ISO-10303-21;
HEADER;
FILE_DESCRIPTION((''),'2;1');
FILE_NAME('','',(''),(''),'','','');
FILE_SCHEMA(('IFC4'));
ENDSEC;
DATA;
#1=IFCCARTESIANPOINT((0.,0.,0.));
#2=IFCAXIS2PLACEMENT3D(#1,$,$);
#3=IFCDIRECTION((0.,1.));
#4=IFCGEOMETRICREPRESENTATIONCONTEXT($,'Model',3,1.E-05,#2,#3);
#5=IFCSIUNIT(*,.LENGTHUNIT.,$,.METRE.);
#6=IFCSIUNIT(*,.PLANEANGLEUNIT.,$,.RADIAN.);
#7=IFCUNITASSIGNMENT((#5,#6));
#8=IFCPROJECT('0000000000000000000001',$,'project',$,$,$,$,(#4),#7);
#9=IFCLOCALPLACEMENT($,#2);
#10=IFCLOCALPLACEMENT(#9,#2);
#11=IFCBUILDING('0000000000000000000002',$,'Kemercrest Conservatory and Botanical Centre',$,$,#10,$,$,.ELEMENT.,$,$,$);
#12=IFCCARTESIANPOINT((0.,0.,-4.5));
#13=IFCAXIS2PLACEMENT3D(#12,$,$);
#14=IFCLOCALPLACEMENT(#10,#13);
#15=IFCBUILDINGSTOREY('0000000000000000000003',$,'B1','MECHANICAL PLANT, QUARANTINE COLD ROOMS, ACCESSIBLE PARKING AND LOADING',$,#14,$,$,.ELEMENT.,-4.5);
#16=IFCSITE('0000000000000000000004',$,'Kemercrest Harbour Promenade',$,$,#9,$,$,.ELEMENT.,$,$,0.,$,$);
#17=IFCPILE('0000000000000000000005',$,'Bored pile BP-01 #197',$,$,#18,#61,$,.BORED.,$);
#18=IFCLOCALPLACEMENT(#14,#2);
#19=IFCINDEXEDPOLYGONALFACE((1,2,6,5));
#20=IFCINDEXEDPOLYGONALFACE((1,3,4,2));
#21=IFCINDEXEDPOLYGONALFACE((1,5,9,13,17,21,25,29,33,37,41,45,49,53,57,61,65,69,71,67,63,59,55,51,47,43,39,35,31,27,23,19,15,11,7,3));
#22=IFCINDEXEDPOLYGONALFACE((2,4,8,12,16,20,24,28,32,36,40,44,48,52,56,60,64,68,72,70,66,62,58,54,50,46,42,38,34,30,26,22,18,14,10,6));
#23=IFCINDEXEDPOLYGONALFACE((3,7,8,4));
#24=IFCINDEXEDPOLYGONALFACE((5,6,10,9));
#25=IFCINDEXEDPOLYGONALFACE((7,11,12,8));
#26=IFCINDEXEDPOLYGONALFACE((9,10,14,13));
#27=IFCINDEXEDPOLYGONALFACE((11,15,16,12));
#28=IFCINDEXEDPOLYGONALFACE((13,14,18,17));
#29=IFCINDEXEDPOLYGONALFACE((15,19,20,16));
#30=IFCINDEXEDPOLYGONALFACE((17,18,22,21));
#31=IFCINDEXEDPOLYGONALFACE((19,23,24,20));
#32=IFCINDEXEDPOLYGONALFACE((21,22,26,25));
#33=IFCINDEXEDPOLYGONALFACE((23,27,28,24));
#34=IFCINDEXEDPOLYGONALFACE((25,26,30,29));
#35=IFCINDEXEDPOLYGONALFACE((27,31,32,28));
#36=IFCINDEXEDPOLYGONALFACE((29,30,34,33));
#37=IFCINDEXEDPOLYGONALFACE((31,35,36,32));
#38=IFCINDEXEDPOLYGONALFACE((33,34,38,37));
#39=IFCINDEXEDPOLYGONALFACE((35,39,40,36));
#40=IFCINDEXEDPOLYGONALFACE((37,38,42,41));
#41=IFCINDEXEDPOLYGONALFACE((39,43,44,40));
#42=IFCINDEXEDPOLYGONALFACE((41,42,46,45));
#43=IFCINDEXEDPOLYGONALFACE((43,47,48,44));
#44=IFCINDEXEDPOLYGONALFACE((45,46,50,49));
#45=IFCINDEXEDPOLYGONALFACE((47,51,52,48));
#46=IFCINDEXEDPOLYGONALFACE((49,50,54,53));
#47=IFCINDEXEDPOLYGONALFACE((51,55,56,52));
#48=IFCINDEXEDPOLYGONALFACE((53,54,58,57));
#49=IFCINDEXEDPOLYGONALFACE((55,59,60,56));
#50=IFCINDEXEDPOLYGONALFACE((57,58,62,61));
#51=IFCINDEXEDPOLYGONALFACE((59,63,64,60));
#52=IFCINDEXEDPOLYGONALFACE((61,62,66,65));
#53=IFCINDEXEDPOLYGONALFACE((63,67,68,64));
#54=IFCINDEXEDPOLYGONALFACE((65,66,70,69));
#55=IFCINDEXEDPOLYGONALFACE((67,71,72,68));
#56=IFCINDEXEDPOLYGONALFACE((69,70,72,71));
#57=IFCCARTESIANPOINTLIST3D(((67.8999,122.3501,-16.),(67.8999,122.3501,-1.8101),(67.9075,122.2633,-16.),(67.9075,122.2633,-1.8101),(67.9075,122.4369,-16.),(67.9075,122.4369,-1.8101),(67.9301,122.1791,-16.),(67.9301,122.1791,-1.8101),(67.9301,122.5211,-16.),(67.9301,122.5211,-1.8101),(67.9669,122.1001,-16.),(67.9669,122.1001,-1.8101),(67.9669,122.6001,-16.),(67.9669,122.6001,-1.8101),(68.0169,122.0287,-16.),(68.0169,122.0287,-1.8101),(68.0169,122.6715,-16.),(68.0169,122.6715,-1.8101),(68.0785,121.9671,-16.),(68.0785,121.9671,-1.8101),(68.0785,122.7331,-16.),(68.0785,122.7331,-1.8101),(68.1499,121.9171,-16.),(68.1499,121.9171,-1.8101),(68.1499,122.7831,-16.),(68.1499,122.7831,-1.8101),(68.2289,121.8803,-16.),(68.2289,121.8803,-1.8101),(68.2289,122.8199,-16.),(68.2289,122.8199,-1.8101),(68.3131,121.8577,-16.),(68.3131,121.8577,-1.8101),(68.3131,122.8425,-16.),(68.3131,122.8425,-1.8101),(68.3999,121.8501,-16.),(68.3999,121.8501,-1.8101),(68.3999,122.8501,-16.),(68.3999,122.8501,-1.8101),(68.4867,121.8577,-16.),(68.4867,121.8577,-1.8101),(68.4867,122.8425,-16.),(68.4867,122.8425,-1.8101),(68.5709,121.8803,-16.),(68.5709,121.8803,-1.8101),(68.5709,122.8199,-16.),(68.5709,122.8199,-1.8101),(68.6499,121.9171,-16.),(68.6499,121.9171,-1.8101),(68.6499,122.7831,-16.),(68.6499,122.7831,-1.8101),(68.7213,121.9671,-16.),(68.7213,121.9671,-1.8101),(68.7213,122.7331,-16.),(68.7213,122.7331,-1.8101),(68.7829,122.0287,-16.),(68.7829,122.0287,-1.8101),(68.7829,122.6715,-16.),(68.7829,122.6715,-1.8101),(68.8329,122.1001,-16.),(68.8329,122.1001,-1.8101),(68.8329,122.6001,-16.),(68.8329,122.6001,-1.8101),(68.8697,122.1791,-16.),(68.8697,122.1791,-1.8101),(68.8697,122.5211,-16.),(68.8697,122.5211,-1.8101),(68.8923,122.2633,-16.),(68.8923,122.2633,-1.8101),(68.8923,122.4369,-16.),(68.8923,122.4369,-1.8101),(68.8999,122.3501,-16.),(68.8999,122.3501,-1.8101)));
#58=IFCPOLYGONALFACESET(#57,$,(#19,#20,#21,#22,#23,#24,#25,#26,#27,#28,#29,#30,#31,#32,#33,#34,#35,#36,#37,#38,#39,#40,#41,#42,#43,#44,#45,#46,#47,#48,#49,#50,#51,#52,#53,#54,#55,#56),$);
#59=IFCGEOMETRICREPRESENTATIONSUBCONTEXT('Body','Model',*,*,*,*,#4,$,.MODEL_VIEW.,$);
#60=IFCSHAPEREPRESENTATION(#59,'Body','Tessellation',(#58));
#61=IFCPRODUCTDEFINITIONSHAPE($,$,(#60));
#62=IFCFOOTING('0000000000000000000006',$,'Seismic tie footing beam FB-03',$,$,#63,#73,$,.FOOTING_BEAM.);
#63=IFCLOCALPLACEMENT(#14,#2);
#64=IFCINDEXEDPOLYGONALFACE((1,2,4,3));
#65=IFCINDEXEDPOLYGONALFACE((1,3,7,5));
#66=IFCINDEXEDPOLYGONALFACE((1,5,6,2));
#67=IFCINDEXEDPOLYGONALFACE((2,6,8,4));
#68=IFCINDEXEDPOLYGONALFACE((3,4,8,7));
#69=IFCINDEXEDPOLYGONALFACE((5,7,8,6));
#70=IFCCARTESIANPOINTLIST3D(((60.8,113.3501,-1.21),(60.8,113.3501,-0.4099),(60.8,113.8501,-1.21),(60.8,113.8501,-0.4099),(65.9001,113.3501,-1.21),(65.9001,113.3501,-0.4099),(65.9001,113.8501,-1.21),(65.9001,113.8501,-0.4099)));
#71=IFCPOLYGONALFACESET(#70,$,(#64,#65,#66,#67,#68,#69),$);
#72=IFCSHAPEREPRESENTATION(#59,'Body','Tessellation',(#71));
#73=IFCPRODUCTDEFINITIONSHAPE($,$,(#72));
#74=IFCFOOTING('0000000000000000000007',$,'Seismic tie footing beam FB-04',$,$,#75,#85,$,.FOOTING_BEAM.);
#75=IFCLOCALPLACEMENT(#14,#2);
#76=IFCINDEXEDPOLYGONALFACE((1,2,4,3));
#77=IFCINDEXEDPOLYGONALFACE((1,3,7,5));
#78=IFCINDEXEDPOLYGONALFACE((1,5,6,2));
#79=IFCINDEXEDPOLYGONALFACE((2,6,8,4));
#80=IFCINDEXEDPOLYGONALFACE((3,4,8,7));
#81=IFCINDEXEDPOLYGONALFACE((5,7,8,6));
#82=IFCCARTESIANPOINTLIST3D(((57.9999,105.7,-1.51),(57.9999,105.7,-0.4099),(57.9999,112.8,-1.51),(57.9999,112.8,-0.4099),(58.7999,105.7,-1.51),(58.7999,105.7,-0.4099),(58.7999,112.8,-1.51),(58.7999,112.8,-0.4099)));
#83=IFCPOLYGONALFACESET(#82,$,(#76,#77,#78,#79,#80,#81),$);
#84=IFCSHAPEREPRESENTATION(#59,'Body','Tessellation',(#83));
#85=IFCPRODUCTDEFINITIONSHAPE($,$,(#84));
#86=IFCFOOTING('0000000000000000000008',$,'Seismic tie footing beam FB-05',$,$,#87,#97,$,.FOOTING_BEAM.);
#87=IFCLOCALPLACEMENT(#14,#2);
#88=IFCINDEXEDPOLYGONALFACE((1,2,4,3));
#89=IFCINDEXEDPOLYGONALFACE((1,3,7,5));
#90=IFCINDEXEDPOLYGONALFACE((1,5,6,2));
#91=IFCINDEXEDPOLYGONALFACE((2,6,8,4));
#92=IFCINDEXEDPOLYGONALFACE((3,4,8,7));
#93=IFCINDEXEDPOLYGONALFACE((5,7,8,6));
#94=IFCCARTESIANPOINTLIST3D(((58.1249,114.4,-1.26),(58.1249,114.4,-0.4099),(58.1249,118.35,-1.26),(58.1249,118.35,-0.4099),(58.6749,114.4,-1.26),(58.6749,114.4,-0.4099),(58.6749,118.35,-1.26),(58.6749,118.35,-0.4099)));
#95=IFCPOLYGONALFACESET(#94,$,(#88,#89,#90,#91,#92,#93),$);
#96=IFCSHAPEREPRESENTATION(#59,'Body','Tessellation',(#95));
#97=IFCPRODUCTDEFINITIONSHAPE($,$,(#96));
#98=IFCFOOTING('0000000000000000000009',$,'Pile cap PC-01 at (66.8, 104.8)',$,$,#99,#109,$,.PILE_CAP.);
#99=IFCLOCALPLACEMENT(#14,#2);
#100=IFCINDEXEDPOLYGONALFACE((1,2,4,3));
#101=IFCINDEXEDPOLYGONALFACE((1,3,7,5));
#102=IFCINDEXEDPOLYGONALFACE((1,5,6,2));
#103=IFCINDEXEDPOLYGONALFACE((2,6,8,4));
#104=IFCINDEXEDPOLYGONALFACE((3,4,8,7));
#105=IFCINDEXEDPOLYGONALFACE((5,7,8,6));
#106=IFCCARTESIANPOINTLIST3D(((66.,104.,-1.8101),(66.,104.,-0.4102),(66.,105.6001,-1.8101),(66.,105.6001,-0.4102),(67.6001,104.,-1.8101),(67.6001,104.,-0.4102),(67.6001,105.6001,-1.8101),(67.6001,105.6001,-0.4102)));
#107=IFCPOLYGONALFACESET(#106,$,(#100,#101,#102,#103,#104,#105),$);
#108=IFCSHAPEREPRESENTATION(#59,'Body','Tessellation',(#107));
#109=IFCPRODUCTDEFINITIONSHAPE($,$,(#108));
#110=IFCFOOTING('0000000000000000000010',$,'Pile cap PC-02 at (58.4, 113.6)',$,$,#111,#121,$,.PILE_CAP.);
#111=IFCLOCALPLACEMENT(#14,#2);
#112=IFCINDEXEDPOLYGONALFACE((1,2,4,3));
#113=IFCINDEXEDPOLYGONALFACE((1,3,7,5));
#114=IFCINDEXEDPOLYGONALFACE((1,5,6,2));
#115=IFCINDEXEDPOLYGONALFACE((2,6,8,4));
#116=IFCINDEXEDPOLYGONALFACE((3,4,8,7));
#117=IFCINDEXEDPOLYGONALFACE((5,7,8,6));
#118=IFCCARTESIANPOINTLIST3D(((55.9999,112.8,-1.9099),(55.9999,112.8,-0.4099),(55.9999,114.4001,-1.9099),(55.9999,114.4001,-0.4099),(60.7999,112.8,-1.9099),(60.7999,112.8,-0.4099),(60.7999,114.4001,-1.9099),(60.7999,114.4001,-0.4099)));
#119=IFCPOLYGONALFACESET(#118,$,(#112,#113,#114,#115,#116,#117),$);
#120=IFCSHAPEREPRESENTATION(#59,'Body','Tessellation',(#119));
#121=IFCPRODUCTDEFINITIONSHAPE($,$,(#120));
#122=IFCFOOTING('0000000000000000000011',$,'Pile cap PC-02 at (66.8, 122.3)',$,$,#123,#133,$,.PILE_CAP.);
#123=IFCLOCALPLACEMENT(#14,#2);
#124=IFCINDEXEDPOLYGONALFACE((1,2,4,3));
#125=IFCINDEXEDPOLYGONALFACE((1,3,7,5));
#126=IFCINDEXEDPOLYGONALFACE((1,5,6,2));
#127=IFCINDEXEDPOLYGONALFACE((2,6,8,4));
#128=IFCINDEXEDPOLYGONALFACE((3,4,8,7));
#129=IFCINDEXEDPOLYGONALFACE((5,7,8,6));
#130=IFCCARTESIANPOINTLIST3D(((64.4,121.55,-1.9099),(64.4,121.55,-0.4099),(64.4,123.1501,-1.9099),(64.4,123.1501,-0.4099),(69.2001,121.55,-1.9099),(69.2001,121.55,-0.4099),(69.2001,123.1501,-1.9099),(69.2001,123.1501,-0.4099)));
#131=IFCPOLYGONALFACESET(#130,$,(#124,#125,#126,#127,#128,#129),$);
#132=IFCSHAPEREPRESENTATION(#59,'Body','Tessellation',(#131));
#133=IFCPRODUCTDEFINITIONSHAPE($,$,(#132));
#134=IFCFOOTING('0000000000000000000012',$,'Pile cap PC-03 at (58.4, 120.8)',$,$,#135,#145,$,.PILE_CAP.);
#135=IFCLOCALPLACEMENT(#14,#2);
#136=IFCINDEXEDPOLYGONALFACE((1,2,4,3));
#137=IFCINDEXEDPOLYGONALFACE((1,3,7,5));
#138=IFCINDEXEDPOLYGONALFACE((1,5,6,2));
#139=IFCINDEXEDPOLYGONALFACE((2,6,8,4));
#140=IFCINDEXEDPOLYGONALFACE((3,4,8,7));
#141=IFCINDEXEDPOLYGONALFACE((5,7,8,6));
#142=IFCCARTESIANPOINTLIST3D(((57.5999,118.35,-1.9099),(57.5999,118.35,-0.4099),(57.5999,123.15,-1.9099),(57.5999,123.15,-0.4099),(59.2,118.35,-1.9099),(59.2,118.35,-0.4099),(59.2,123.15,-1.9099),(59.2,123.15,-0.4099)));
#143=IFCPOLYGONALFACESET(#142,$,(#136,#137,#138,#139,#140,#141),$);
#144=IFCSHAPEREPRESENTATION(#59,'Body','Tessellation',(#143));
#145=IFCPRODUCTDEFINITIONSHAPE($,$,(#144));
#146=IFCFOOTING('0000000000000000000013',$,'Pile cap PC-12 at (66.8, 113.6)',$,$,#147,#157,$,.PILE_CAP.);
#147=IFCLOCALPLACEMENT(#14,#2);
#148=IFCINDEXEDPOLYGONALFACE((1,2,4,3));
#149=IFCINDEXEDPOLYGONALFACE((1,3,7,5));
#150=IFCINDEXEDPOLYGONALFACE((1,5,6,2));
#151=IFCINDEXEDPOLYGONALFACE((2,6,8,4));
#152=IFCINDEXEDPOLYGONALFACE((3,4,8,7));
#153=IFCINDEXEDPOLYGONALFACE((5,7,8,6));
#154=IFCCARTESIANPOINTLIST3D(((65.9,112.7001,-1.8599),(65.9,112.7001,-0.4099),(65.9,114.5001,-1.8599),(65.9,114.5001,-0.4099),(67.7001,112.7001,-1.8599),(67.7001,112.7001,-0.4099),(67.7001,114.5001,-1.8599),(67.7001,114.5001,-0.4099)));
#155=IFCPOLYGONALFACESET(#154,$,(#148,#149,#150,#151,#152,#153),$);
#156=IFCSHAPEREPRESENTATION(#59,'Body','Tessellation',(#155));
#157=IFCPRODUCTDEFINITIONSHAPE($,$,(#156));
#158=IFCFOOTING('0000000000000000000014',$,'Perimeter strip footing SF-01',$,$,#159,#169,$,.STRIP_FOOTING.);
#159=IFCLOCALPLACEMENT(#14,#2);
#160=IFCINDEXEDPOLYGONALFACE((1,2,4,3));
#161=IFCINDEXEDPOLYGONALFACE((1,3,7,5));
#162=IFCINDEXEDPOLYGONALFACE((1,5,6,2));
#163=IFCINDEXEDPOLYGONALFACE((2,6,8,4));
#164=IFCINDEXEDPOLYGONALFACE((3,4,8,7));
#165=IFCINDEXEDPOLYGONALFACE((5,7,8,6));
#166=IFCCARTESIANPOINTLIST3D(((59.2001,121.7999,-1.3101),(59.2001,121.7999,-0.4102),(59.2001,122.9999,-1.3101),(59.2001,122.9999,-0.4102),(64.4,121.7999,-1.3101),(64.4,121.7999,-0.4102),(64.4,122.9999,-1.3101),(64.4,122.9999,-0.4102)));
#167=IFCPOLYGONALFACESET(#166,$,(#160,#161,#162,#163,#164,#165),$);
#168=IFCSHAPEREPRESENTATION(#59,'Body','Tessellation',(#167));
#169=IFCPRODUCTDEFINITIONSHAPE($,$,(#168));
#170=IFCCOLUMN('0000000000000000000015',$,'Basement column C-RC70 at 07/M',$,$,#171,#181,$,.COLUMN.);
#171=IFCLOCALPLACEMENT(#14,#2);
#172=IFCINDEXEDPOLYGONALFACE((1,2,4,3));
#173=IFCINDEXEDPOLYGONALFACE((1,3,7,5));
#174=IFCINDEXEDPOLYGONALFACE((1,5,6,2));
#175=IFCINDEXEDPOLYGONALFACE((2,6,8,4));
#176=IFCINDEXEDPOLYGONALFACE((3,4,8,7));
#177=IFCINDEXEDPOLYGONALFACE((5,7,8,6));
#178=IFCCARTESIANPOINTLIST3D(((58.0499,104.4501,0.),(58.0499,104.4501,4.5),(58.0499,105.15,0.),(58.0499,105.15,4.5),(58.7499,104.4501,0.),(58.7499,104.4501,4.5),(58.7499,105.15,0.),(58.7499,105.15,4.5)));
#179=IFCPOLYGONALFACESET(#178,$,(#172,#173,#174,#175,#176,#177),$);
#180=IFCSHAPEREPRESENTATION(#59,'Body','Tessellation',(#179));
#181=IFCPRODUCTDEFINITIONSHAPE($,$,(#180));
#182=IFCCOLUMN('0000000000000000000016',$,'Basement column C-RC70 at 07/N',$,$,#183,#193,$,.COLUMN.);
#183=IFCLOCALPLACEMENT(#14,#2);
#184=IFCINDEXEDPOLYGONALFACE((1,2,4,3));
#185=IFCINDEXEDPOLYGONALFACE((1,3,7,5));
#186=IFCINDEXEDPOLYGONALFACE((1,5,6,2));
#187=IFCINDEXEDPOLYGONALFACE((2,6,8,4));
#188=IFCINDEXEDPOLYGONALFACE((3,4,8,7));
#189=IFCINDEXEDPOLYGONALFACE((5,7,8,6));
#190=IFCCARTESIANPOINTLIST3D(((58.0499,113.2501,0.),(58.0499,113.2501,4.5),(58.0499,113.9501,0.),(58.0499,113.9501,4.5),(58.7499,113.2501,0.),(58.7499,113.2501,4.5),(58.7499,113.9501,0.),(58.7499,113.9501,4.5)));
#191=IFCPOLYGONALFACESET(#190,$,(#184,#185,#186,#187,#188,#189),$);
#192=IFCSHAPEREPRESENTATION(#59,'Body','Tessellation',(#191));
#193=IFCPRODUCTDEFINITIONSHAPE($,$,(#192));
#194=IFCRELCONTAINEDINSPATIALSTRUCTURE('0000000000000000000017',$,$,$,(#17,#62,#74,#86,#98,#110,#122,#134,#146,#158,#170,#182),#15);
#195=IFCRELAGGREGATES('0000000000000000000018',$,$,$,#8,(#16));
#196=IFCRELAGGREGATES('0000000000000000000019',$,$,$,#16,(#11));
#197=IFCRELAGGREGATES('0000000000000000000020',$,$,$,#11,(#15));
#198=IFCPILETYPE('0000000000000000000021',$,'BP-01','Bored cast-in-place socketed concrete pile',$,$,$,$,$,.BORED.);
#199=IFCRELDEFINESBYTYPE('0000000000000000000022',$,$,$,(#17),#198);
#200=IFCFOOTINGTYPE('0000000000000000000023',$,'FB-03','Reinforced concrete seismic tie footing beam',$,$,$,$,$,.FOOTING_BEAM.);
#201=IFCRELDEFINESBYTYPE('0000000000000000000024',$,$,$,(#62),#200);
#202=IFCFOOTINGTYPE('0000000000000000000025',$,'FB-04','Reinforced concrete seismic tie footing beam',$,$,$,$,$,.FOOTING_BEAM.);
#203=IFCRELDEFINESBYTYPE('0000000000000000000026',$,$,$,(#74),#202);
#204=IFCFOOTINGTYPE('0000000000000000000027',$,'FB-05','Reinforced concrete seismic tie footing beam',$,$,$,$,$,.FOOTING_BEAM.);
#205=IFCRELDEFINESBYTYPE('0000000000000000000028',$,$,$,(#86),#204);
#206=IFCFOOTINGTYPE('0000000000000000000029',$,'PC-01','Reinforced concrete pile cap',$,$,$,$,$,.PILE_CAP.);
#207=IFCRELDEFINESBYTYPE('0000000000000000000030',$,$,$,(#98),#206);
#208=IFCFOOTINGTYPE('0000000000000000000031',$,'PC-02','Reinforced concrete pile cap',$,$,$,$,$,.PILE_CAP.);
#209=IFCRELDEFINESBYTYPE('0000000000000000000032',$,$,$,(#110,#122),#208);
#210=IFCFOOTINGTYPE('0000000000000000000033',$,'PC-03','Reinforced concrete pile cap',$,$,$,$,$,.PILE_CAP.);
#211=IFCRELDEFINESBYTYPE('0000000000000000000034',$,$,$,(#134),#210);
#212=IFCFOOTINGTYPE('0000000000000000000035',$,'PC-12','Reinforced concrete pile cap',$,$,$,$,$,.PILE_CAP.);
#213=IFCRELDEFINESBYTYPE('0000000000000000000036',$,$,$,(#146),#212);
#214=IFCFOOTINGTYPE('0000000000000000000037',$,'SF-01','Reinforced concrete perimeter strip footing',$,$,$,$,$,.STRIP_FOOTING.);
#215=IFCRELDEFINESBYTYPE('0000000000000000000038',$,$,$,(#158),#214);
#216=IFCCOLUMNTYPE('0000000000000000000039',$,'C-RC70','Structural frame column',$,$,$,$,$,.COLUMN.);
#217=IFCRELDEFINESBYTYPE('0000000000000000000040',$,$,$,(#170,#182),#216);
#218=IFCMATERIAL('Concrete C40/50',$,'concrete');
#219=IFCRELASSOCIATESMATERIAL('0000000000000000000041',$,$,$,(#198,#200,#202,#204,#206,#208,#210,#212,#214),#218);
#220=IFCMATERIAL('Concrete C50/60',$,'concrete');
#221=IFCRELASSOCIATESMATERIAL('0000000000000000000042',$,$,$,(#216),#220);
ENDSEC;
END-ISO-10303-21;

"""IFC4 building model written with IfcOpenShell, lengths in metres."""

from ifc_helpers import new_model, si_unit, direction, frame, origin, origin_2d, place, context, subcontext, project, spatial, rectangle, circle, extrude, material, material_profile, profile_set, type_object, element, save


model = new_model("IFC4")

# Units and contexts
model_context = context("Model", 3, precision=1e-05, world=origin(), true_north=direction((0.0, 1.0)))
body_context = subcontext(model_context, "Body", "Model", "MODEL_VIEW")
ifc_project = project(units=[si_unit("LENGTHUNIT", "METRE"), si_unit("PLANEANGLEUNIT", "RADIAN")], contexts=[model_context])

# Site, building, storey
site_placement = place(None, origin())
site = spatial("IfcSite", under=ifc_project, at=site_placement, Name="Kemercrest Harbour Promenade", CompositionType="ELEMENT", RefElevation=0.0)
building_placement = place(site_placement, origin())
building = spatial("IfcBuilding", under=site, at=building_placement, Name="Kemercrest Conservatory and Botanical Centre", CompositionType="ELEMENT")
storey_placement = place(building_placement, frame((0.0, 0.0, -4.5)))
storey = spatial("IfcBuildingStorey", under=building, at=storey_placement, Name="B1", Description="MECHANICAL PLANT, QUARANTINE COLD ROOMS, ACCESSIBLE PARKING AND LOADING", CompositionType="ELEMENT", Elevation=-4.5)

# Pile
ifc_material_1 = material(Name="Concrete C40/50", Category="concrete")
ifc_material_profile_1 = material_profile(ifc_material_1, circle(Radius=0.5, at=origin_2d()), Name="BORED PILE 1000")
ifc_profile_set_1 = profile_set([ifc_material_profile_1], Name="Concrete C40/50")
pile_type = type_object("IfcPileType", Name="BP-01", Description="Bored cast-in-place socketed concrete pile", PredefinedType="BORED", material=ifc_profile_set_1)
for number, where, z_axis, x_axis, name in (
    (1, (68.3999, 122.3501, -1.8101), (0.0, 0.0, -1.0), (1.0, 0.0, 0.0), "Bored pile BP-01 #197"),
):
    element("IfcPile", number, at=place(storey_placement, frame(where, z_axis=z_axis, x_axis=x_axis)), inside=storey, type_object=pile_type, Name=name, PredefinedType="BORED", context=body_context, shape_type="SweptSolid", body=[
        extrude(circle(Radius=0.5, at=origin_2d()), origin(), (0.0, 0.0, 1.0), 14.1899),
    ])

# Footings
footing_type_1 = type_object("IfcFootingType", Name="FB-03", Description="Reinforced concrete seismic tie footing beam", PredefinedType="FOOTING_BEAM", material=ifc_material_1)
footing_1_placement = place(storey_placement, frame((63.3501, 113.6001, -1.21), z_axis=(0.0, 0.0, 1.0), x_axis=(1.0, 0.0, 0.0)))
element("IfcFooting", 2, at=footing_1_placement, inside=storey, type_object=footing_type_1, Name="Seismic tie footing beam FB-03", PredefinedType="FOOTING_BEAM", context=body_context, shape_type="SweptSolid", body=[
    extrude(rectangle(XDim=5.1001, YDim=0.5, at=origin_2d()), origin(), (0.0, 0.0, 1.0), 0.8),
])
footing_type_2 = type_object("IfcFootingType", Name="FB-04", Description="Reinforced concrete seismic tie footing beam", PredefinedType="FOOTING_BEAM", material=ifc_material_1)
footing_2_placement = place(storey_placement, frame((58.3999, 109.25, -1.51), z_axis=(0.0, 0.0, 1.0), x_axis=(1.0, 0.0, 0.0)))
element("IfcFooting", 3, at=footing_2_placement, inside=storey, type_object=footing_type_2, Name="Seismic tie footing beam FB-04", PredefinedType="FOOTING_BEAM", context=body_context, shape_type="SweptSolid", body=[
    extrude(rectangle(XDim=0.8, YDim=7.1001, at=origin_2d()), origin(), (0.0, 0.0, 1.0), 1.1001),
])
footing_type_3 = type_object("IfcFootingType", Name="FB-05", Description="Reinforced concrete seismic tie footing beam", PredefinedType="FOOTING_BEAM", material=ifc_material_1)
footing_3_placement = place(storey_placement, frame((58.3999, 116.375, -1.26), z_axis=(0.0, 0.0, 1.0), x_axis=(1.0, 0.0, 0.0)))
element("IfcFooting", 4, at=footing_3_placement, inside=storey, type_object=footing_type_3, Name="Seismic tie footing beam FB-05", PredefinedType="FOOTING_BEAM", context=body_context, shape_type="SweptSolid", body=[
    extrude(rectangle(XDim=0.55, YDim=3.95, at=origin_2d()), origin(), (0.0, 0.0, 1.0), 0.8501),
])
footing_type_4 = type_object("IfcFootingType", Name="PC-01", Description="Reinforced concrete pile cap", PredefinedType="PILE_CAP", material=ifc_material_1)
footing_4_placement = place(storey_placement, frame((66.8, 104.8, -1.8101), z_axis=(0.0, 0.0, 1.0), x_axis=(1.0, 0.0, 0.0)))
element("IfcFooting", 5, at=footing_4_placement, inside=storey, type_object=footing_type_4, Name="Pile cap PC-01 at (66.8, 104.8)", PredefinedType="PILE_CAP", context=body_context, shape_type="SweptSolid", body=[
    extrude(rectangle(XDim=1.6001, YDim=1.6001, at=origin_2d()), origin(), (0.0, 0.0, 1.0), 1.3999),
])
footing_type_5 = type_object("IfcFootingType", Name="PC-02", Description="Reinforced concrete pile cap", PredefinedType="PILE_CAP", material=ifc_material_1)
for number, where, z_axis, x_axis, name in (
    (6, (58.3999, 113.6001, -1.9099), (0.0, 0.0, 1.0), (1.0, 0.0, 0.0), "Pile cap PC-02 at (58.4, 113.6)"),
    (7, (66.8, 122.3501, -1.9099), (0.0, 0.0, 1.0), (1.0, 0.0, 0.0), "Pile cap PC-02 at (66.8, 122.3)"),
):
    element("IfcFooting", number, at=place(storey_placement, frame(where, z_axis=z_axis, x_axis=x_axis)), inside=storey, type_object=footing_type_5, Name=name, PredefinedType="PILE_CAP", context=body_context, shape_type="SweptSolid", body=[
        extrude(rectangle(XDim=4.8, YDim=1.6001, at=origin_2d()), origin(), (0.0, 0.0, 1.0), 1.5),
    ])
footing_type_6 = type_object("IfcFootingType", Name="PC-03", Description="Reinforced concrete pile cap", PredefinedType="PILE_CAP", material=ifc_material_1)
footing_5_placement = place(storey_placement, frame((58.3999, 120.75, -1.9099), z_axis=(0.0, 0.0, 1.0), x_axis=(1.0, 0.0, 0.0)))
element("IfcFooting", 8, at=footing_5_placement, inside=storey, type_object=footing_type_6, Name="Pile cap PC-03 at (58.4, 120.8)", PredefinedType="PILE_CAP", context=body_context, shape_type="SweptSolid", body=[
    extrude(rectangle(XDim=1.6001, YDim=4.8, at=origin_2d()), origin(), (0.0, 0.0, 1.0), 1.5),
])
footing_type_7 = type_object("IfcFootingType", Name="PC-12", Description="Reinforced concrete pile cap", PredefinedType="PILE_CAP", material=ifc_material_1)
footing_6_placement = place(storey_placement, frame((66.8, 113.6001, -1.8599), z_axis=(0.0, 0.0, 1.0), x_axis=(1.0, 0.0, 0.0)))
element("IfcFooting", 9, at=footing_6_placement, inside=storey, type_object=footing_type_7, Name="Pile cap PC-12 at (66.8, 113.6)", PredefinedType="PILE_CAP", context=body_context, shape_type="SweptSolid", body=[
    extrude(rectangle(XDim=1.8, YDim=1.8, at=origin_2d()), origin(), (0.0, 0.0, 1.0), 1.45),
])
footing_type_8 = type_object("IfcFootingType", Name="SF-01", Description="Reinforced concrete perimeter strip footing", PredefinedType="STRIP_FOOTING", material=ifc_material_1)
footing_7_placement = place(storey_placement, frame((61.8, 122.3999, -1.3101), z_axis=(0.0, 0.0, 1.0), x_axis=(1.0, 0.0, 0.0)))
element("IfcFooting", 10, at=footing_7_placement, inside=storey, type_object=footing_type_8, Name="Perimeter strip footing SF-01", PredefinedType="STRIP_FOOTING", context=body_context, shape_type="SweptSolid", body=[
    extrude(rectangle(XDim=5.2, YDim=1.2, at=origin_2d()), origin(), (0.0, 0.0, 1.0), 0.8999),
])

# Columns
ifc_material_2 = material(Name="Concrete C50/60", Category="concrete")
ifc_material_profile_2 = material_profile(ifc_material_2, rectangle(XDim=0.7, YDim=0.7, at=origin_2d()), Name="RC 700x700")
ifc_profile_set_2 = profile_set([ifc_material_profile_2], Name="Concrete C50/60")
column_type_1 = type_object("IfcColumnType", Name="C-RC70", Description="Structural frame column", PredefinedType="COLUMN", material=ifc_profile_set_2)
for number, where, z_axis, x_axis, name in (
    (11, (58.3999, 104.8, 0.0), (0.0, 0.0, 1.0), (1.0, 0.0, 0.0), "Basement column C-RC70 at 07/M"),
    (12, (58.3999, 113.6001, 0.0), (0.0, 0.0, 1.0), (1.0, 0.0, 0.0), "Basement column C-RC70 at 07/N"),
):
    element("IfcColumn", number, at=place(storey_placement, frame(where, z_axis=z_axis, x_axis=x_axis)), inside=storey, type_object=column_type_1, Name=name, PredefinedType="COLUMN", context=body_context, shape_type="SweptSolid", body=[
        extrude(rectangle(XDim=0.7, YDim=0.7, at=origin_2d()), origin(), (0.0, 0.0, 1.0), 4.5),
    ])

save(model, "model.ifc")
